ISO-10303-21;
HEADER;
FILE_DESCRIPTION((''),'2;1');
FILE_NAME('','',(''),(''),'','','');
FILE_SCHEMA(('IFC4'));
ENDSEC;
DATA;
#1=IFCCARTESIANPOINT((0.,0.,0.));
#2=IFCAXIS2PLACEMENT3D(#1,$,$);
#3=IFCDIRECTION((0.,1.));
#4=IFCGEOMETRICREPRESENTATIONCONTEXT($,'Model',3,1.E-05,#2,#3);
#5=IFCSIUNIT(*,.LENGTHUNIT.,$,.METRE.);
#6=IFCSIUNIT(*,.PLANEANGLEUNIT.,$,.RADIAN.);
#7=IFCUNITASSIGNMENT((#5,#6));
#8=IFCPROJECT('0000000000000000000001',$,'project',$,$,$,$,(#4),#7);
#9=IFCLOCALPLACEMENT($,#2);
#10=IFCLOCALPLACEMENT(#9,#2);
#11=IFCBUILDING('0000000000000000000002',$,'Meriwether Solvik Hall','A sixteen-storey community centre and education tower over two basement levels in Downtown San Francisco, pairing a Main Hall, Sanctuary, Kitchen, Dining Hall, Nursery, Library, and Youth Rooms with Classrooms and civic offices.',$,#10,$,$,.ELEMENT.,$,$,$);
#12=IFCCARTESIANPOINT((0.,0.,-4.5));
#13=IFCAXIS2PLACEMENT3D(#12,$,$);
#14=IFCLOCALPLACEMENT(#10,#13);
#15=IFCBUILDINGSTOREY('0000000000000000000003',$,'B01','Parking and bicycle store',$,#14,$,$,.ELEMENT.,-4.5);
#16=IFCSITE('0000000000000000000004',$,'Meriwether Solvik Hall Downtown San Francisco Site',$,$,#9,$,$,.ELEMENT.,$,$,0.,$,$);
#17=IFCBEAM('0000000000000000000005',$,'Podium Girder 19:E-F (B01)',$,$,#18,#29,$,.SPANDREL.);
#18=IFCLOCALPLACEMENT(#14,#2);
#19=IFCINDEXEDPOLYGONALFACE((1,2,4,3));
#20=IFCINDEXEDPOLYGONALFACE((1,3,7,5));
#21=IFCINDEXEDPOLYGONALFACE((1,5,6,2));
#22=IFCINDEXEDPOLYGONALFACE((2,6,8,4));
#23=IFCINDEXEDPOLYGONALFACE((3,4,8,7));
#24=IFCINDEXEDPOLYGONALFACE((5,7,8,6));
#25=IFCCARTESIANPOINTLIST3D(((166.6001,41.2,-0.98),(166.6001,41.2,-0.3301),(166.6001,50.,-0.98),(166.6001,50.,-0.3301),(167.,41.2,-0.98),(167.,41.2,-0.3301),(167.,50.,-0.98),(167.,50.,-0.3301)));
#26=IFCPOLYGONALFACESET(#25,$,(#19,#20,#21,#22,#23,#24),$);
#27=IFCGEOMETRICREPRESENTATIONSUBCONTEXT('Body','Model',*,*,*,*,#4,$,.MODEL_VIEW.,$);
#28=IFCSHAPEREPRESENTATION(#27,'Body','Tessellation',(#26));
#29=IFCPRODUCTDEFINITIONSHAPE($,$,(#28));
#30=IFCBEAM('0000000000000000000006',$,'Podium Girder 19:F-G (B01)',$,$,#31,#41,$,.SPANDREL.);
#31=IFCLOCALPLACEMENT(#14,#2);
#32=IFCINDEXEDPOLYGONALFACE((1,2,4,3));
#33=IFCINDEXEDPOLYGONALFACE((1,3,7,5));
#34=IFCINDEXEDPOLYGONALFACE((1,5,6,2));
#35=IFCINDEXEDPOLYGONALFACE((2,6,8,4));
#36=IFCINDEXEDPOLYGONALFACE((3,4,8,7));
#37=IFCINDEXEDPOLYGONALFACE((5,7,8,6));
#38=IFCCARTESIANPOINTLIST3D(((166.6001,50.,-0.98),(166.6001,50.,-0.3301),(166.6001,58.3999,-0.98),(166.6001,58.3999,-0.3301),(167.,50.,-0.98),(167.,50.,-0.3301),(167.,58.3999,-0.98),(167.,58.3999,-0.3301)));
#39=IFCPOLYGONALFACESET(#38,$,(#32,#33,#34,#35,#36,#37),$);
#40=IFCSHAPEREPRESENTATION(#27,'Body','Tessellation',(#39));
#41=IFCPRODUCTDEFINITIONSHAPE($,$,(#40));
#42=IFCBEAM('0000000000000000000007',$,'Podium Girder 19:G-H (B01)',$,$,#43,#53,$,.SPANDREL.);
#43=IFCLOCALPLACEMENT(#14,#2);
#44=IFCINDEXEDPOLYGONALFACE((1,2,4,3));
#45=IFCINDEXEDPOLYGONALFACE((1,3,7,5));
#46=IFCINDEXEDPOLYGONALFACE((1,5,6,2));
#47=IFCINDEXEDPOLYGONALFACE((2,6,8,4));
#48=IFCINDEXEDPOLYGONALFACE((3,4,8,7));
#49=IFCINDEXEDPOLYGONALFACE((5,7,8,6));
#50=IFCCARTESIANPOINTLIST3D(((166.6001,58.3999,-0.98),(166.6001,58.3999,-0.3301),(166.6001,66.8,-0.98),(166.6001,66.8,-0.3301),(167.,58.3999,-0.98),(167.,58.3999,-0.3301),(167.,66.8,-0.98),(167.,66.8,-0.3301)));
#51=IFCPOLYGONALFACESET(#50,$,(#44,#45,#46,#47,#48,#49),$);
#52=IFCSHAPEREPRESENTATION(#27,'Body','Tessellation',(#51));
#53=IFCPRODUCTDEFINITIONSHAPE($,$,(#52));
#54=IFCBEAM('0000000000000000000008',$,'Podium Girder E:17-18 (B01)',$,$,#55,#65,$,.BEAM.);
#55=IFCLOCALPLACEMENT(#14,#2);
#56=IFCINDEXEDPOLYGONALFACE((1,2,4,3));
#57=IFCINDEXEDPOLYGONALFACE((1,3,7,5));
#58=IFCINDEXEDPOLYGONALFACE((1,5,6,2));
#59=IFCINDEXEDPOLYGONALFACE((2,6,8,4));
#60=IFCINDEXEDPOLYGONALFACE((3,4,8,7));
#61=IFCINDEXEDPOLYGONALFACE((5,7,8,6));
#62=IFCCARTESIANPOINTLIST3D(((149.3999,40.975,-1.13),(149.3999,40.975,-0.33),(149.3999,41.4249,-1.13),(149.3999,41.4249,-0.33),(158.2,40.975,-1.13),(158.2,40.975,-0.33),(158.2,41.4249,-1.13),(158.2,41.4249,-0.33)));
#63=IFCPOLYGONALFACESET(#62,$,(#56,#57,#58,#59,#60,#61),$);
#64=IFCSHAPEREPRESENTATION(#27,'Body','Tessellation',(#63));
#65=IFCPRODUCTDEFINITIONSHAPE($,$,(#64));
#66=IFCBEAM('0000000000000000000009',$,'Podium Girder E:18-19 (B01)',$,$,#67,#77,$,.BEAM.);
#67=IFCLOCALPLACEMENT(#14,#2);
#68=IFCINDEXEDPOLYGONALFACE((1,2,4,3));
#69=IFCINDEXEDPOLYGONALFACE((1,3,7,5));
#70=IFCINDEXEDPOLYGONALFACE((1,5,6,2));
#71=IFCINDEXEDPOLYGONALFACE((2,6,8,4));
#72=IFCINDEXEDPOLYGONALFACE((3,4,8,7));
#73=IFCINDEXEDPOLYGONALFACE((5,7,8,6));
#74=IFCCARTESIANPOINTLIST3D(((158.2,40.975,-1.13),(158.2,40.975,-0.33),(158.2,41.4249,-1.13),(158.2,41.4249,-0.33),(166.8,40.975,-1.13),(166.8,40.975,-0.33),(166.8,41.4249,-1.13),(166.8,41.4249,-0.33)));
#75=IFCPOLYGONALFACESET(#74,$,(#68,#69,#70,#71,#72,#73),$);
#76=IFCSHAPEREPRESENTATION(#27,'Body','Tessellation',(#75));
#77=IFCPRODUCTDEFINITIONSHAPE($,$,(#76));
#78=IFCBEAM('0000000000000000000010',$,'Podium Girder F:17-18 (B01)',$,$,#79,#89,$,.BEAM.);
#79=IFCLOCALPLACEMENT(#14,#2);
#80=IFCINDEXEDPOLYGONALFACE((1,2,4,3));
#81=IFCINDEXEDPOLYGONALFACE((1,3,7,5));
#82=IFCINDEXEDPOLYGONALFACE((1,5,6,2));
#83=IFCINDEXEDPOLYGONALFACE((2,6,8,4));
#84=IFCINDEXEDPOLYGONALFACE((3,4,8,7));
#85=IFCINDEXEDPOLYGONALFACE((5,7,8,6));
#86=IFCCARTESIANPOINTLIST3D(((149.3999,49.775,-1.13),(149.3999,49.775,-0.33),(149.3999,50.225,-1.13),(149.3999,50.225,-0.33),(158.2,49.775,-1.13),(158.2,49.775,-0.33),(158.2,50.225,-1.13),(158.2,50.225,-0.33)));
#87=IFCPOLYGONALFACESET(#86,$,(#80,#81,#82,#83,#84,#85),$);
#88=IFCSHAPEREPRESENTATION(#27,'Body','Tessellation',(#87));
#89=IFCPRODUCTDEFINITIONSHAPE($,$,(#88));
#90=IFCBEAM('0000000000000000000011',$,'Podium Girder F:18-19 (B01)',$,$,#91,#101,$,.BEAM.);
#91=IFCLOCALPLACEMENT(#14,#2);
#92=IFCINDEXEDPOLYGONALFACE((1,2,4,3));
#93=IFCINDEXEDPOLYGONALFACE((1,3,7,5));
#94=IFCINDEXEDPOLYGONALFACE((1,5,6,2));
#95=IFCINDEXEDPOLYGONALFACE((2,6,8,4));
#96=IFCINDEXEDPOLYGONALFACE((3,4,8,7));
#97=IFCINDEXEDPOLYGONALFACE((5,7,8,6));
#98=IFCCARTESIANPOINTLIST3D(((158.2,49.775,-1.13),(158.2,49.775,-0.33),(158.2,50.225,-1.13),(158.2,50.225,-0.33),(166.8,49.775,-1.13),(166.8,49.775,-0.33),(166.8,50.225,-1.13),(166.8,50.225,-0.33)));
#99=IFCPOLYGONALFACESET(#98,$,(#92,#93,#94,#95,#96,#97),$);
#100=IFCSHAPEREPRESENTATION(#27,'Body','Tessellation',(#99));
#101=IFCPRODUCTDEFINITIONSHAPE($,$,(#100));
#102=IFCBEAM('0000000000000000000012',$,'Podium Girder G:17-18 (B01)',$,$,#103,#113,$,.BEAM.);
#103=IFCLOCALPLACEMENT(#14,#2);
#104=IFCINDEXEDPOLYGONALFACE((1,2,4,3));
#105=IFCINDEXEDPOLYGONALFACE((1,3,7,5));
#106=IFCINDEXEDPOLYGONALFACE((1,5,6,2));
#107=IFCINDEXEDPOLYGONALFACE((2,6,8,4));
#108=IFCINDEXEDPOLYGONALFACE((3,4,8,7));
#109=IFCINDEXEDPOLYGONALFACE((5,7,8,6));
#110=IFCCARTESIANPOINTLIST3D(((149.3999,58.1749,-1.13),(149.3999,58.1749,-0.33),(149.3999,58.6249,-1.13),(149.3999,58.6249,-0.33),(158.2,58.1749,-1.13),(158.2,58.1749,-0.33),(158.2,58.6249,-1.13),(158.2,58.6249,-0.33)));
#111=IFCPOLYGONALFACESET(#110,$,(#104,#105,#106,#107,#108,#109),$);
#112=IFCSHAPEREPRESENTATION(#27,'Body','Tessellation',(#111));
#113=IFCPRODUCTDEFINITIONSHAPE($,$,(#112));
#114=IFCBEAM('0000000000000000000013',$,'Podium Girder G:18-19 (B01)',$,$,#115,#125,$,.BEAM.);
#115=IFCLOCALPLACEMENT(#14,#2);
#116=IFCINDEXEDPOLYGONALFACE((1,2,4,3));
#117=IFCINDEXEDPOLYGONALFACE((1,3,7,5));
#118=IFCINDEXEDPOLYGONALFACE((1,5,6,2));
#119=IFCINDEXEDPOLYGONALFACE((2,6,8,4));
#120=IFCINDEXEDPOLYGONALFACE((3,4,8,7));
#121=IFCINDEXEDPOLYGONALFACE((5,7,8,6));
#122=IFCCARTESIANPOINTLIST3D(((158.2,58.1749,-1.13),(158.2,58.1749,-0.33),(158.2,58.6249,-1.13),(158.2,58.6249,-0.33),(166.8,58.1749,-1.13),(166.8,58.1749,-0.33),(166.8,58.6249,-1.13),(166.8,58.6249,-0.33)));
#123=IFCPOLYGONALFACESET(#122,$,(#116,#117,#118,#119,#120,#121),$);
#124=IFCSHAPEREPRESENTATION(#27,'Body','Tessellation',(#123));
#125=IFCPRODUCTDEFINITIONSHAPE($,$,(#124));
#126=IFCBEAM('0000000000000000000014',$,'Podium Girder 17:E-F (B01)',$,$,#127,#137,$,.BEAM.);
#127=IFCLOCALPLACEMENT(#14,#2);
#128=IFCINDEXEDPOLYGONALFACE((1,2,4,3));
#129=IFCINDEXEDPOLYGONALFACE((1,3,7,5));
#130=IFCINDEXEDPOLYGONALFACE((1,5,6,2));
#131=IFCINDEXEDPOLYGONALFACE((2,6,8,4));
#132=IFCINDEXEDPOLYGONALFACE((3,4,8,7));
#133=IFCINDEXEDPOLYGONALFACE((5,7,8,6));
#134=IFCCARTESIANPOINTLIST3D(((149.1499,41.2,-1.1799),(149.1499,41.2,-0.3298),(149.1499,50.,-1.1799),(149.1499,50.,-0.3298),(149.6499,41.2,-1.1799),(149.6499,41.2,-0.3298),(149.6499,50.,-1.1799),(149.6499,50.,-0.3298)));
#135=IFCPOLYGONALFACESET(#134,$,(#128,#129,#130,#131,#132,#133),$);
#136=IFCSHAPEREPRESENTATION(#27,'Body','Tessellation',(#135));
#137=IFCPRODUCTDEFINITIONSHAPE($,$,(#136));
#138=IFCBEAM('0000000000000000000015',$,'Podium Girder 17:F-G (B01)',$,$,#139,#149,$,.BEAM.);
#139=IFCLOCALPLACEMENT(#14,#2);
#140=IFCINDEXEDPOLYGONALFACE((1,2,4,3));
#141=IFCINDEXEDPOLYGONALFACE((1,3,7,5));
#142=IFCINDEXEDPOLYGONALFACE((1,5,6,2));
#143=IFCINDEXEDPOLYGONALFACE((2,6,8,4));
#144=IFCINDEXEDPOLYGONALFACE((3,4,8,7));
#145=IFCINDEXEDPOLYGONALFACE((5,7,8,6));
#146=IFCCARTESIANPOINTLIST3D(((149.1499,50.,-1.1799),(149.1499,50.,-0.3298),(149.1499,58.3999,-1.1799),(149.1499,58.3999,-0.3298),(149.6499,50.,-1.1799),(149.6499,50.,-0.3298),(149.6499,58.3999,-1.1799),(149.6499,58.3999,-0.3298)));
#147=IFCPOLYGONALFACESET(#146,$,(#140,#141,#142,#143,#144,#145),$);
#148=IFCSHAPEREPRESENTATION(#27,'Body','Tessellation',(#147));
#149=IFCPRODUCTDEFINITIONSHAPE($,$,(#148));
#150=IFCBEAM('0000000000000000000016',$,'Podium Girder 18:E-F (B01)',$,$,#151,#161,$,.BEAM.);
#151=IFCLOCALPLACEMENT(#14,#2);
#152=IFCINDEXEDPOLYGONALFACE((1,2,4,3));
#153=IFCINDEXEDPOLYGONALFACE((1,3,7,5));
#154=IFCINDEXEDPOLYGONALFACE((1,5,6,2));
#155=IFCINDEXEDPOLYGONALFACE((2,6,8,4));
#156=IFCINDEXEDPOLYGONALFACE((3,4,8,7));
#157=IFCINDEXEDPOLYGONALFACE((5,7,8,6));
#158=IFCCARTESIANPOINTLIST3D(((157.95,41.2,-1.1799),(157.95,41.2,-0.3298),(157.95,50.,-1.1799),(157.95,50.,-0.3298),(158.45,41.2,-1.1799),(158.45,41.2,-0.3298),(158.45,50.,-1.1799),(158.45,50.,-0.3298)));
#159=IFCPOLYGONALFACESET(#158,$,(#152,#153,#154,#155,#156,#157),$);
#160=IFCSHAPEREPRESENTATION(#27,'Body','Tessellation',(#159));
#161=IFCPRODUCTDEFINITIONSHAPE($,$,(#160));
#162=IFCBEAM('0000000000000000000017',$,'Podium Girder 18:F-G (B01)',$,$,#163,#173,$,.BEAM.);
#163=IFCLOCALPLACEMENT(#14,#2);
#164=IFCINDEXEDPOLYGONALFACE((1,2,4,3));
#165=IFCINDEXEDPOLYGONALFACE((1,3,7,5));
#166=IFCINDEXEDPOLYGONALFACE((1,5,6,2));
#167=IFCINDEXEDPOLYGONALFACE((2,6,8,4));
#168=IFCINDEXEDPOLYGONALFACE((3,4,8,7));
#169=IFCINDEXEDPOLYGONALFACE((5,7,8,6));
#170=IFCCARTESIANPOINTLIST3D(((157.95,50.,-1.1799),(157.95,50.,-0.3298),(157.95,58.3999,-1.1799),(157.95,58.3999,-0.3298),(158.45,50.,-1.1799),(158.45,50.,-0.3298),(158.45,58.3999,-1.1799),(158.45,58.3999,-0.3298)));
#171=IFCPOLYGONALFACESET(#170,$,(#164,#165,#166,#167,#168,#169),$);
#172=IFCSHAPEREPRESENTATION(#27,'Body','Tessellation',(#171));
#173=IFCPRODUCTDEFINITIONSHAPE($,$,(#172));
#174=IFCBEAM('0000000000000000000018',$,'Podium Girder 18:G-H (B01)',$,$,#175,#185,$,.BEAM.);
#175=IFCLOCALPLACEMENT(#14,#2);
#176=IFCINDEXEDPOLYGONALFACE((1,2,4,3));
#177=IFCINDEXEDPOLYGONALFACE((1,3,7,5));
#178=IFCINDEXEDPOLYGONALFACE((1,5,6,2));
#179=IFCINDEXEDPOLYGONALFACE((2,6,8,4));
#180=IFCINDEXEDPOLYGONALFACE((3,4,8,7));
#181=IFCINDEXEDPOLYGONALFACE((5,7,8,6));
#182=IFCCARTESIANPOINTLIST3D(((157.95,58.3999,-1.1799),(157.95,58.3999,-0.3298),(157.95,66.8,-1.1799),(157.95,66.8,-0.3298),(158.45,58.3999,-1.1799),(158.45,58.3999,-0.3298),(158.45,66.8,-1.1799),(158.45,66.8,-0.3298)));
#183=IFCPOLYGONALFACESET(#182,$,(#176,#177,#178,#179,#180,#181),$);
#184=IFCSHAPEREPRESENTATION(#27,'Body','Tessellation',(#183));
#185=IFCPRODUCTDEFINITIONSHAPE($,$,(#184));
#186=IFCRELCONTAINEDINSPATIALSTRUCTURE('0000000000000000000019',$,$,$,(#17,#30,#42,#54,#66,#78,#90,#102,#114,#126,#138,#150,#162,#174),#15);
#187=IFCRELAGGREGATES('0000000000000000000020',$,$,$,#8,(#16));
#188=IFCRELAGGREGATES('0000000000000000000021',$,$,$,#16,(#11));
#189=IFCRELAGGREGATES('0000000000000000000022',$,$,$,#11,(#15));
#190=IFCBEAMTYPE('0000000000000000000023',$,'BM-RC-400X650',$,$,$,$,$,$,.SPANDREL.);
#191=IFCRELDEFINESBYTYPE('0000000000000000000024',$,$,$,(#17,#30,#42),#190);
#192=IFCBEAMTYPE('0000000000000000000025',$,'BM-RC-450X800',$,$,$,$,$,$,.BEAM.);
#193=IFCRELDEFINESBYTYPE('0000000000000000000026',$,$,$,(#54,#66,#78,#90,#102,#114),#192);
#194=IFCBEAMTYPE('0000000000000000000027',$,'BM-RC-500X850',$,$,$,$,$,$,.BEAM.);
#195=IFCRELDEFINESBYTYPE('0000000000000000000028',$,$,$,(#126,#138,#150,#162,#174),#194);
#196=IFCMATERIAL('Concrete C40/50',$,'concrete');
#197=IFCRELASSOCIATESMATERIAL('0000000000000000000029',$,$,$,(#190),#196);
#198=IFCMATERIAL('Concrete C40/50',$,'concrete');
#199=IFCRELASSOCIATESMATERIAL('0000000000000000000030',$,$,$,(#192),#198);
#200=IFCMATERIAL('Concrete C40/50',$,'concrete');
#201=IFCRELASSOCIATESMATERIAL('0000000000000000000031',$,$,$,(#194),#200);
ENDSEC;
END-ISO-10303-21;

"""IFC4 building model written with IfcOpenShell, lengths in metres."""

from ifc_helpers import new_model, si_unit, direction, frame, origin, origin_2d, place, context, subcontext, project, spatial, rectangle, extrude, material, material_profile, profile_set, type_object, element, save


model = new_model("IFC4")

# Units and contexts
model_context = context("Model", 3, precision=1e-05, world=origin(), true_north=direction((0.0, 1.0)))
body_context = subcontext(model_context, "Body", "Model", "MODEL_VIEW")
ifc_project = project(units=[si_unit("LENGTHUNIT", "METRE"), si_unit("PLANEANGLEUNIT", "RADIAN")], contexts=[model_context])

# Site, building, storey
site_placement = place(None, origin())
site = spatial("IfcSite", under=ifc_project, at=site_placement, Name="Meriwether Solvik Hall Downtown San Francisco Site", CompositionType="ELEMENT", RefElevation=0.0)
building_placement = place(site_placement, origin())
building = spatial("IfcBuilding", under=site, at=building_placement, Name="Meriwether Solvik Hall", Description="A sixteen-storey community centre and education tower over two basement levels in Downtown San Francisco, pairing a Main Hall, Sanctuary, Kitchen, Dining Hall, Nursery, Library, and Youth Rooms with Classrooms and civic offices.", CompositionType="ELEMENT")
storey_placement = place(building_placement, frame((0.0, 0.0, -4.5)))
storey = spatial("IfcBuildingStorey", under=building, at=storey_placement, Name="B01", Description="Parking and bicycle store", CompositionType="ELEMENT", Elevation=-4.5)

# Beams
ifc_material_1 = material(Name="Concrete C40/50", Category="concrete")
ifc_material_profile_1 = material_profile(ifc_material_1, rectangle(XDim=0.3999, YDim=0.6499, at=origin_2d()), Name="RCB-400X650")
ifc_profile_set_1 = profile_set([ifc_material_profile_1], Name="Concrete C40/50")
beam_type_1 = type_object("IfcBeamType", Name="BM-RC-400X650", PredefinedType="SPANDREL", material=ifc_profile_set_1)
beam_1_placement = place(storey_placement, frame((166.8, 41.2, -0.655), z_axis=(0.0, 1.0, 0.0), x_axis=(-1.0, 0.0, 0.0)))
element("IfcBeam", 1, at=beam_1_placement, inside=storey, type_object=beam_type_1, Name="Podium Girder 19:E-F (B01)", PredefinedType="SPANDREL", context=body_context, shape_type="SweptSolid", body=[
    extrude(rectangle(XDim=0.3999, YDim=0.6499, at=origin_2d()), origin(), (0.0, 0.0, 1.0), 8.8),
])
beam_2_placement = place(storey_placement, frame((166.8, 50.0, -0.655), z_axis=(0.0, 1.0, 0.0), x_axis=(-1.0, 0.0, 0.0)))
element("IfcBeam", 2, at=beam_2_placement, inside=storey, type_object=beam_type_1, Name="Podium Girder 19:F-G (B01)", PredefinedType="SPANDREL", context=body_context, shape_type="SweptSolid", body=[
    extrude(rectangle(XDim=0.3999, YDim=0.6499, at=origin_2d()), origin(), (0.0, 0.0, 1.0), 8.3999),
])
beam_3_placement = place(storey_placement, frame((166.8, 58.3999, -0.655), z_axis=(0.0, 1.0, 0.0), x_axis=(-1.0, 0.0, 0.0)))
element("IfcBeam", 3, at=beam_3_placement, inside=storey, type_object=beam_type_1, Name="Podium Girder 19:G-H (B01)", PredefinedType="SPANDREL", context=body_context, shape_type="SweptSolid", body=[
    extrude(rectangle(XDim=0.3999, YDim=0.6499, at=origin_2d()), origin(), (0.0, 0.0, 1.0), 8.4001),
])
ifc_material_2 = material(Name="Concrete C40/50", Category="concrete")
ifc_material_profile_2 = material_profile(ifc_material_2, rectangle(XDim=0.45, YDim=0.8, at=origin_2d()), Name="RCB-450X800")
ifc_profile_set_2 = profile_set([ifc_material_profile_2], Name="Concrete C40/50")
beam_type_2 = type_object("IfcBeamType", Name="BM-RC-450X800", PredefinedType="BEAM", material=ifc_profile_set_2)
beam_4_placement = place(storey_placement, frame((149.3999, 41.2, -0.73), z_axis=(1.0, 0.0, 0.0), x_axis=(0.0, 1.0, 0.0)))
element("IfcBeam", 4, at=beam_4_placement, inside=storey, type_object=beam_type_2, Name="Podium Girder E:17-18 (B01)", PredefinedType="BEAM", context=body_context, shape_type="SweptSolid", body=[
    extrude(rectangle(XDim=0.45, YDim=0.8, at=origin_2d()), origin(), (0.0, 0.0, 1.0), 8.8),
])
beam_5_placement = place(storey_placement, frame((158.2, 41.2, -0.73), z_axis=(1.0, 0.0, 0.0), x_axis=(0.0, 1.0, 0.0)))
element("IfcBeam", 5, at=beam_5_placement, inside=storey, type_object=beam_type_2, Name="Podium Girder E:18-19 (B01)", PredefinedType="BEAM", context=body_context, shape_type="SweptSolid", body=[
    extrude(rectangle(XDim=0.45, YDim=0.8, at=origin_2d()), origin(), (0.0, 0.0, 1.0), 8.6001),
])
beam_6_placement = place(storey_placement, frame((149.3999, 50.0, -0.73), z_axis=(1.0, 0.0, 0.0), x_axis=(0.0, 1.0, 0.0)))
element("IfcBeam", 6, at=beam_6_placement, inside=storey, type_object=beam_type_2, Name="Podium Girder F:17-18 (B01)", PredefinedType="BEAM", context=body_context, shape_type="SweptSolid", body=[
    extrude(rectangle(XDim=0.45, YDim=0.8, at=origin_2d()), origin(), (0.0, 0.0, 1.0), 8.8),
])
beam_7_placement = place(storey_placement, frame((158.2, 50.0, -0.73), z_axis=(1.0, 0.0, 0.0), x_axis=(0.0, 1.0, 0.0)))
element("IfcBeam", 7, at=beam_7_placement, inside=storey, type_object=beam_type_2, Name="Podium Girder F:18-19 (B01)", PredefinedType="BEAM", context=body_context, shape_type="SweptSolid", body=[
    extrude(rectangle(XDim=0.45, YDim=0.8, at=origin_2d()), origin(), (0.0, 0.0, 1.0), 8.6001),
])
beam_8_placement = place(storey_placement, frame((149.3999, 58.3999, -0.73), z_axis=(1.0, 0.0, 0.0), x_axis=(0.0, 1.0, 0.0)))
element("IfcBeam", 8, at=beam_8_placement, inside=storey, type_object=beam_type_2, Name="Podium Girder G:17-18 (B01)", PredefinedType="BEAM", context=body_context, shape_type="SweptSolid", body=[
    extrude(rectangle(XDim=0.45, YDim=0.8, at=origin_2d()), origin(), (0.0, 0.0, 1.0), 8.8),
])
beam_9_placement = place(storey_placement, frame((158.2, 58.3999, -0.73), z_axis=(1.0, 0.0, 0.0), x_axis=(0.0, 1.0, 0.0)))
element("IfcBeam", 9, at=beam_9_placement, inside=storey, type_object=beam_type_2, Name="Podium Girder G:18-19 (B01)", PredefinedType="BEAM", context=body_context, shape_type="SweptSolid", body=[
    extrude(rectangle(XDim=0.45, YDim=0.8, at=origin_2d()), origin(), (0.0, 0.0, 1.0), 8.6001),
])
ifc_material_3 = material(Name="Concrete C40/50", Category="concrete")
ifc_material_profile_3 = material_profile(ifc_material_3, rectangle(XDim=0.5, YDim=0.8501, at=origin_2d()), Name="RCB-500X850")
ifc_profile_set_3 = profile_set([ifc_material_profile_3], Name="Concrete C40/50")
beam_type_3 = type_object("IfcBeamType", Name="BM-RC-500X850", PredefinedType="BEAM", material=ifc_profile_set_3)
beam_10_placement = place(storey_placement, frame((149.3999, 41.2, -0.7549), z_axis=(0.0, 1.0, 0.0), x_axis=(-1.0, 0.0, 0.0)))
element("IfcBeam", 10, at=beam_10_placement, inside=storey, type_object=beam_type_3, Name="Podium Girder 17:E-F (B01)", PredefinedType="BEAM", context=body_context, shape_type="SweptSolid", body=[
    extrude(rectangle(XDim=0.5, YDim=0.8501, at=origin_2d()), origin(), (0.0, 0.0, 1.0), 8.8),
])
beam_11_placement = place(storey_placement, frame((149.3999, 50.0, -0.7549), z_axis=(0.0, 1.0, 0.0), x_axis=(-1.0, 0.0, 0.0)))
element("IfcBeam", 11, at=beam_11_placement, inside=storey, type_object=beam_type_3, Name="Podium Girder 17:F-G (B01)", PredefinedType="BEAM", context=body_context, shape_type="SweptSolid", body=[
    extrude(rectangle(XDim=0.5, YDim=0.8501, at=origin_2d()), origin(), (0.0, 0.0, 1.0), 8.3999),
])
beam_12_placement = place(storey_placement, frame((158.2, 41.2, -0.7549), z_axis=(0.0, 1.0, 0.0), x_axis=(-1.0, 0.0, 0.0)))
element("IfcBeam", 12, at=beam_12_placement, inside=storey, type_object=beam_type_3, Name="Podium Girder 18:E-F (B01)", PredefinedType="BEAM", context=body_context, shape_type="SweptSolid", body=[
    extrude(rectangle(XDim=0.5, YDim=0.8501, at=origin_2d()), origin(), (0.0, 0.0, 1.0), 8.8),
])
beam_13_placement = place(storey_placement, frame((158.2, 50.0, -0.7549), z_axis=(0.0, 1.0, 0.0), x_axis=(-1.0, 0.0, 0.0)))
element("IfcBeam", 13, at=beam_13_placement, inside=storey, type_object=beam_type_3, Name="Podium Girder 18:F-G (B01)", PredefinedType="BEAM", context=body_context, shape_type="SweptSolid", body=[
    extrude(rectangle(XDim=0.5, YDim=0.8501, at=origin_2d()), origin(), (0.0, 0.0, 1.0), 8.3999),
])
beam_14_placement = place(storey_placement, frame((158.2, 58.3999, -0.7549), z_axis=(0.0, 1.0, 0.0), x_axis=(-1.0, 0.0, 0.0)))
element("IfcBeam", 14, at=beam_14_placement, inside=storey, type_object=beam_type_3, Name="Podium Girder 18:G-H (B01)", PredefinedType="BEAM", context=body_context, shape_type="SweptSolid", body=[
    extrude(rectangle(XDim=0.5, YDim=0.8501, at=origin_2d()), origin(), (0.0, 0.0, 1.0), 8.4001),
])

save(model, "model.ifc")
